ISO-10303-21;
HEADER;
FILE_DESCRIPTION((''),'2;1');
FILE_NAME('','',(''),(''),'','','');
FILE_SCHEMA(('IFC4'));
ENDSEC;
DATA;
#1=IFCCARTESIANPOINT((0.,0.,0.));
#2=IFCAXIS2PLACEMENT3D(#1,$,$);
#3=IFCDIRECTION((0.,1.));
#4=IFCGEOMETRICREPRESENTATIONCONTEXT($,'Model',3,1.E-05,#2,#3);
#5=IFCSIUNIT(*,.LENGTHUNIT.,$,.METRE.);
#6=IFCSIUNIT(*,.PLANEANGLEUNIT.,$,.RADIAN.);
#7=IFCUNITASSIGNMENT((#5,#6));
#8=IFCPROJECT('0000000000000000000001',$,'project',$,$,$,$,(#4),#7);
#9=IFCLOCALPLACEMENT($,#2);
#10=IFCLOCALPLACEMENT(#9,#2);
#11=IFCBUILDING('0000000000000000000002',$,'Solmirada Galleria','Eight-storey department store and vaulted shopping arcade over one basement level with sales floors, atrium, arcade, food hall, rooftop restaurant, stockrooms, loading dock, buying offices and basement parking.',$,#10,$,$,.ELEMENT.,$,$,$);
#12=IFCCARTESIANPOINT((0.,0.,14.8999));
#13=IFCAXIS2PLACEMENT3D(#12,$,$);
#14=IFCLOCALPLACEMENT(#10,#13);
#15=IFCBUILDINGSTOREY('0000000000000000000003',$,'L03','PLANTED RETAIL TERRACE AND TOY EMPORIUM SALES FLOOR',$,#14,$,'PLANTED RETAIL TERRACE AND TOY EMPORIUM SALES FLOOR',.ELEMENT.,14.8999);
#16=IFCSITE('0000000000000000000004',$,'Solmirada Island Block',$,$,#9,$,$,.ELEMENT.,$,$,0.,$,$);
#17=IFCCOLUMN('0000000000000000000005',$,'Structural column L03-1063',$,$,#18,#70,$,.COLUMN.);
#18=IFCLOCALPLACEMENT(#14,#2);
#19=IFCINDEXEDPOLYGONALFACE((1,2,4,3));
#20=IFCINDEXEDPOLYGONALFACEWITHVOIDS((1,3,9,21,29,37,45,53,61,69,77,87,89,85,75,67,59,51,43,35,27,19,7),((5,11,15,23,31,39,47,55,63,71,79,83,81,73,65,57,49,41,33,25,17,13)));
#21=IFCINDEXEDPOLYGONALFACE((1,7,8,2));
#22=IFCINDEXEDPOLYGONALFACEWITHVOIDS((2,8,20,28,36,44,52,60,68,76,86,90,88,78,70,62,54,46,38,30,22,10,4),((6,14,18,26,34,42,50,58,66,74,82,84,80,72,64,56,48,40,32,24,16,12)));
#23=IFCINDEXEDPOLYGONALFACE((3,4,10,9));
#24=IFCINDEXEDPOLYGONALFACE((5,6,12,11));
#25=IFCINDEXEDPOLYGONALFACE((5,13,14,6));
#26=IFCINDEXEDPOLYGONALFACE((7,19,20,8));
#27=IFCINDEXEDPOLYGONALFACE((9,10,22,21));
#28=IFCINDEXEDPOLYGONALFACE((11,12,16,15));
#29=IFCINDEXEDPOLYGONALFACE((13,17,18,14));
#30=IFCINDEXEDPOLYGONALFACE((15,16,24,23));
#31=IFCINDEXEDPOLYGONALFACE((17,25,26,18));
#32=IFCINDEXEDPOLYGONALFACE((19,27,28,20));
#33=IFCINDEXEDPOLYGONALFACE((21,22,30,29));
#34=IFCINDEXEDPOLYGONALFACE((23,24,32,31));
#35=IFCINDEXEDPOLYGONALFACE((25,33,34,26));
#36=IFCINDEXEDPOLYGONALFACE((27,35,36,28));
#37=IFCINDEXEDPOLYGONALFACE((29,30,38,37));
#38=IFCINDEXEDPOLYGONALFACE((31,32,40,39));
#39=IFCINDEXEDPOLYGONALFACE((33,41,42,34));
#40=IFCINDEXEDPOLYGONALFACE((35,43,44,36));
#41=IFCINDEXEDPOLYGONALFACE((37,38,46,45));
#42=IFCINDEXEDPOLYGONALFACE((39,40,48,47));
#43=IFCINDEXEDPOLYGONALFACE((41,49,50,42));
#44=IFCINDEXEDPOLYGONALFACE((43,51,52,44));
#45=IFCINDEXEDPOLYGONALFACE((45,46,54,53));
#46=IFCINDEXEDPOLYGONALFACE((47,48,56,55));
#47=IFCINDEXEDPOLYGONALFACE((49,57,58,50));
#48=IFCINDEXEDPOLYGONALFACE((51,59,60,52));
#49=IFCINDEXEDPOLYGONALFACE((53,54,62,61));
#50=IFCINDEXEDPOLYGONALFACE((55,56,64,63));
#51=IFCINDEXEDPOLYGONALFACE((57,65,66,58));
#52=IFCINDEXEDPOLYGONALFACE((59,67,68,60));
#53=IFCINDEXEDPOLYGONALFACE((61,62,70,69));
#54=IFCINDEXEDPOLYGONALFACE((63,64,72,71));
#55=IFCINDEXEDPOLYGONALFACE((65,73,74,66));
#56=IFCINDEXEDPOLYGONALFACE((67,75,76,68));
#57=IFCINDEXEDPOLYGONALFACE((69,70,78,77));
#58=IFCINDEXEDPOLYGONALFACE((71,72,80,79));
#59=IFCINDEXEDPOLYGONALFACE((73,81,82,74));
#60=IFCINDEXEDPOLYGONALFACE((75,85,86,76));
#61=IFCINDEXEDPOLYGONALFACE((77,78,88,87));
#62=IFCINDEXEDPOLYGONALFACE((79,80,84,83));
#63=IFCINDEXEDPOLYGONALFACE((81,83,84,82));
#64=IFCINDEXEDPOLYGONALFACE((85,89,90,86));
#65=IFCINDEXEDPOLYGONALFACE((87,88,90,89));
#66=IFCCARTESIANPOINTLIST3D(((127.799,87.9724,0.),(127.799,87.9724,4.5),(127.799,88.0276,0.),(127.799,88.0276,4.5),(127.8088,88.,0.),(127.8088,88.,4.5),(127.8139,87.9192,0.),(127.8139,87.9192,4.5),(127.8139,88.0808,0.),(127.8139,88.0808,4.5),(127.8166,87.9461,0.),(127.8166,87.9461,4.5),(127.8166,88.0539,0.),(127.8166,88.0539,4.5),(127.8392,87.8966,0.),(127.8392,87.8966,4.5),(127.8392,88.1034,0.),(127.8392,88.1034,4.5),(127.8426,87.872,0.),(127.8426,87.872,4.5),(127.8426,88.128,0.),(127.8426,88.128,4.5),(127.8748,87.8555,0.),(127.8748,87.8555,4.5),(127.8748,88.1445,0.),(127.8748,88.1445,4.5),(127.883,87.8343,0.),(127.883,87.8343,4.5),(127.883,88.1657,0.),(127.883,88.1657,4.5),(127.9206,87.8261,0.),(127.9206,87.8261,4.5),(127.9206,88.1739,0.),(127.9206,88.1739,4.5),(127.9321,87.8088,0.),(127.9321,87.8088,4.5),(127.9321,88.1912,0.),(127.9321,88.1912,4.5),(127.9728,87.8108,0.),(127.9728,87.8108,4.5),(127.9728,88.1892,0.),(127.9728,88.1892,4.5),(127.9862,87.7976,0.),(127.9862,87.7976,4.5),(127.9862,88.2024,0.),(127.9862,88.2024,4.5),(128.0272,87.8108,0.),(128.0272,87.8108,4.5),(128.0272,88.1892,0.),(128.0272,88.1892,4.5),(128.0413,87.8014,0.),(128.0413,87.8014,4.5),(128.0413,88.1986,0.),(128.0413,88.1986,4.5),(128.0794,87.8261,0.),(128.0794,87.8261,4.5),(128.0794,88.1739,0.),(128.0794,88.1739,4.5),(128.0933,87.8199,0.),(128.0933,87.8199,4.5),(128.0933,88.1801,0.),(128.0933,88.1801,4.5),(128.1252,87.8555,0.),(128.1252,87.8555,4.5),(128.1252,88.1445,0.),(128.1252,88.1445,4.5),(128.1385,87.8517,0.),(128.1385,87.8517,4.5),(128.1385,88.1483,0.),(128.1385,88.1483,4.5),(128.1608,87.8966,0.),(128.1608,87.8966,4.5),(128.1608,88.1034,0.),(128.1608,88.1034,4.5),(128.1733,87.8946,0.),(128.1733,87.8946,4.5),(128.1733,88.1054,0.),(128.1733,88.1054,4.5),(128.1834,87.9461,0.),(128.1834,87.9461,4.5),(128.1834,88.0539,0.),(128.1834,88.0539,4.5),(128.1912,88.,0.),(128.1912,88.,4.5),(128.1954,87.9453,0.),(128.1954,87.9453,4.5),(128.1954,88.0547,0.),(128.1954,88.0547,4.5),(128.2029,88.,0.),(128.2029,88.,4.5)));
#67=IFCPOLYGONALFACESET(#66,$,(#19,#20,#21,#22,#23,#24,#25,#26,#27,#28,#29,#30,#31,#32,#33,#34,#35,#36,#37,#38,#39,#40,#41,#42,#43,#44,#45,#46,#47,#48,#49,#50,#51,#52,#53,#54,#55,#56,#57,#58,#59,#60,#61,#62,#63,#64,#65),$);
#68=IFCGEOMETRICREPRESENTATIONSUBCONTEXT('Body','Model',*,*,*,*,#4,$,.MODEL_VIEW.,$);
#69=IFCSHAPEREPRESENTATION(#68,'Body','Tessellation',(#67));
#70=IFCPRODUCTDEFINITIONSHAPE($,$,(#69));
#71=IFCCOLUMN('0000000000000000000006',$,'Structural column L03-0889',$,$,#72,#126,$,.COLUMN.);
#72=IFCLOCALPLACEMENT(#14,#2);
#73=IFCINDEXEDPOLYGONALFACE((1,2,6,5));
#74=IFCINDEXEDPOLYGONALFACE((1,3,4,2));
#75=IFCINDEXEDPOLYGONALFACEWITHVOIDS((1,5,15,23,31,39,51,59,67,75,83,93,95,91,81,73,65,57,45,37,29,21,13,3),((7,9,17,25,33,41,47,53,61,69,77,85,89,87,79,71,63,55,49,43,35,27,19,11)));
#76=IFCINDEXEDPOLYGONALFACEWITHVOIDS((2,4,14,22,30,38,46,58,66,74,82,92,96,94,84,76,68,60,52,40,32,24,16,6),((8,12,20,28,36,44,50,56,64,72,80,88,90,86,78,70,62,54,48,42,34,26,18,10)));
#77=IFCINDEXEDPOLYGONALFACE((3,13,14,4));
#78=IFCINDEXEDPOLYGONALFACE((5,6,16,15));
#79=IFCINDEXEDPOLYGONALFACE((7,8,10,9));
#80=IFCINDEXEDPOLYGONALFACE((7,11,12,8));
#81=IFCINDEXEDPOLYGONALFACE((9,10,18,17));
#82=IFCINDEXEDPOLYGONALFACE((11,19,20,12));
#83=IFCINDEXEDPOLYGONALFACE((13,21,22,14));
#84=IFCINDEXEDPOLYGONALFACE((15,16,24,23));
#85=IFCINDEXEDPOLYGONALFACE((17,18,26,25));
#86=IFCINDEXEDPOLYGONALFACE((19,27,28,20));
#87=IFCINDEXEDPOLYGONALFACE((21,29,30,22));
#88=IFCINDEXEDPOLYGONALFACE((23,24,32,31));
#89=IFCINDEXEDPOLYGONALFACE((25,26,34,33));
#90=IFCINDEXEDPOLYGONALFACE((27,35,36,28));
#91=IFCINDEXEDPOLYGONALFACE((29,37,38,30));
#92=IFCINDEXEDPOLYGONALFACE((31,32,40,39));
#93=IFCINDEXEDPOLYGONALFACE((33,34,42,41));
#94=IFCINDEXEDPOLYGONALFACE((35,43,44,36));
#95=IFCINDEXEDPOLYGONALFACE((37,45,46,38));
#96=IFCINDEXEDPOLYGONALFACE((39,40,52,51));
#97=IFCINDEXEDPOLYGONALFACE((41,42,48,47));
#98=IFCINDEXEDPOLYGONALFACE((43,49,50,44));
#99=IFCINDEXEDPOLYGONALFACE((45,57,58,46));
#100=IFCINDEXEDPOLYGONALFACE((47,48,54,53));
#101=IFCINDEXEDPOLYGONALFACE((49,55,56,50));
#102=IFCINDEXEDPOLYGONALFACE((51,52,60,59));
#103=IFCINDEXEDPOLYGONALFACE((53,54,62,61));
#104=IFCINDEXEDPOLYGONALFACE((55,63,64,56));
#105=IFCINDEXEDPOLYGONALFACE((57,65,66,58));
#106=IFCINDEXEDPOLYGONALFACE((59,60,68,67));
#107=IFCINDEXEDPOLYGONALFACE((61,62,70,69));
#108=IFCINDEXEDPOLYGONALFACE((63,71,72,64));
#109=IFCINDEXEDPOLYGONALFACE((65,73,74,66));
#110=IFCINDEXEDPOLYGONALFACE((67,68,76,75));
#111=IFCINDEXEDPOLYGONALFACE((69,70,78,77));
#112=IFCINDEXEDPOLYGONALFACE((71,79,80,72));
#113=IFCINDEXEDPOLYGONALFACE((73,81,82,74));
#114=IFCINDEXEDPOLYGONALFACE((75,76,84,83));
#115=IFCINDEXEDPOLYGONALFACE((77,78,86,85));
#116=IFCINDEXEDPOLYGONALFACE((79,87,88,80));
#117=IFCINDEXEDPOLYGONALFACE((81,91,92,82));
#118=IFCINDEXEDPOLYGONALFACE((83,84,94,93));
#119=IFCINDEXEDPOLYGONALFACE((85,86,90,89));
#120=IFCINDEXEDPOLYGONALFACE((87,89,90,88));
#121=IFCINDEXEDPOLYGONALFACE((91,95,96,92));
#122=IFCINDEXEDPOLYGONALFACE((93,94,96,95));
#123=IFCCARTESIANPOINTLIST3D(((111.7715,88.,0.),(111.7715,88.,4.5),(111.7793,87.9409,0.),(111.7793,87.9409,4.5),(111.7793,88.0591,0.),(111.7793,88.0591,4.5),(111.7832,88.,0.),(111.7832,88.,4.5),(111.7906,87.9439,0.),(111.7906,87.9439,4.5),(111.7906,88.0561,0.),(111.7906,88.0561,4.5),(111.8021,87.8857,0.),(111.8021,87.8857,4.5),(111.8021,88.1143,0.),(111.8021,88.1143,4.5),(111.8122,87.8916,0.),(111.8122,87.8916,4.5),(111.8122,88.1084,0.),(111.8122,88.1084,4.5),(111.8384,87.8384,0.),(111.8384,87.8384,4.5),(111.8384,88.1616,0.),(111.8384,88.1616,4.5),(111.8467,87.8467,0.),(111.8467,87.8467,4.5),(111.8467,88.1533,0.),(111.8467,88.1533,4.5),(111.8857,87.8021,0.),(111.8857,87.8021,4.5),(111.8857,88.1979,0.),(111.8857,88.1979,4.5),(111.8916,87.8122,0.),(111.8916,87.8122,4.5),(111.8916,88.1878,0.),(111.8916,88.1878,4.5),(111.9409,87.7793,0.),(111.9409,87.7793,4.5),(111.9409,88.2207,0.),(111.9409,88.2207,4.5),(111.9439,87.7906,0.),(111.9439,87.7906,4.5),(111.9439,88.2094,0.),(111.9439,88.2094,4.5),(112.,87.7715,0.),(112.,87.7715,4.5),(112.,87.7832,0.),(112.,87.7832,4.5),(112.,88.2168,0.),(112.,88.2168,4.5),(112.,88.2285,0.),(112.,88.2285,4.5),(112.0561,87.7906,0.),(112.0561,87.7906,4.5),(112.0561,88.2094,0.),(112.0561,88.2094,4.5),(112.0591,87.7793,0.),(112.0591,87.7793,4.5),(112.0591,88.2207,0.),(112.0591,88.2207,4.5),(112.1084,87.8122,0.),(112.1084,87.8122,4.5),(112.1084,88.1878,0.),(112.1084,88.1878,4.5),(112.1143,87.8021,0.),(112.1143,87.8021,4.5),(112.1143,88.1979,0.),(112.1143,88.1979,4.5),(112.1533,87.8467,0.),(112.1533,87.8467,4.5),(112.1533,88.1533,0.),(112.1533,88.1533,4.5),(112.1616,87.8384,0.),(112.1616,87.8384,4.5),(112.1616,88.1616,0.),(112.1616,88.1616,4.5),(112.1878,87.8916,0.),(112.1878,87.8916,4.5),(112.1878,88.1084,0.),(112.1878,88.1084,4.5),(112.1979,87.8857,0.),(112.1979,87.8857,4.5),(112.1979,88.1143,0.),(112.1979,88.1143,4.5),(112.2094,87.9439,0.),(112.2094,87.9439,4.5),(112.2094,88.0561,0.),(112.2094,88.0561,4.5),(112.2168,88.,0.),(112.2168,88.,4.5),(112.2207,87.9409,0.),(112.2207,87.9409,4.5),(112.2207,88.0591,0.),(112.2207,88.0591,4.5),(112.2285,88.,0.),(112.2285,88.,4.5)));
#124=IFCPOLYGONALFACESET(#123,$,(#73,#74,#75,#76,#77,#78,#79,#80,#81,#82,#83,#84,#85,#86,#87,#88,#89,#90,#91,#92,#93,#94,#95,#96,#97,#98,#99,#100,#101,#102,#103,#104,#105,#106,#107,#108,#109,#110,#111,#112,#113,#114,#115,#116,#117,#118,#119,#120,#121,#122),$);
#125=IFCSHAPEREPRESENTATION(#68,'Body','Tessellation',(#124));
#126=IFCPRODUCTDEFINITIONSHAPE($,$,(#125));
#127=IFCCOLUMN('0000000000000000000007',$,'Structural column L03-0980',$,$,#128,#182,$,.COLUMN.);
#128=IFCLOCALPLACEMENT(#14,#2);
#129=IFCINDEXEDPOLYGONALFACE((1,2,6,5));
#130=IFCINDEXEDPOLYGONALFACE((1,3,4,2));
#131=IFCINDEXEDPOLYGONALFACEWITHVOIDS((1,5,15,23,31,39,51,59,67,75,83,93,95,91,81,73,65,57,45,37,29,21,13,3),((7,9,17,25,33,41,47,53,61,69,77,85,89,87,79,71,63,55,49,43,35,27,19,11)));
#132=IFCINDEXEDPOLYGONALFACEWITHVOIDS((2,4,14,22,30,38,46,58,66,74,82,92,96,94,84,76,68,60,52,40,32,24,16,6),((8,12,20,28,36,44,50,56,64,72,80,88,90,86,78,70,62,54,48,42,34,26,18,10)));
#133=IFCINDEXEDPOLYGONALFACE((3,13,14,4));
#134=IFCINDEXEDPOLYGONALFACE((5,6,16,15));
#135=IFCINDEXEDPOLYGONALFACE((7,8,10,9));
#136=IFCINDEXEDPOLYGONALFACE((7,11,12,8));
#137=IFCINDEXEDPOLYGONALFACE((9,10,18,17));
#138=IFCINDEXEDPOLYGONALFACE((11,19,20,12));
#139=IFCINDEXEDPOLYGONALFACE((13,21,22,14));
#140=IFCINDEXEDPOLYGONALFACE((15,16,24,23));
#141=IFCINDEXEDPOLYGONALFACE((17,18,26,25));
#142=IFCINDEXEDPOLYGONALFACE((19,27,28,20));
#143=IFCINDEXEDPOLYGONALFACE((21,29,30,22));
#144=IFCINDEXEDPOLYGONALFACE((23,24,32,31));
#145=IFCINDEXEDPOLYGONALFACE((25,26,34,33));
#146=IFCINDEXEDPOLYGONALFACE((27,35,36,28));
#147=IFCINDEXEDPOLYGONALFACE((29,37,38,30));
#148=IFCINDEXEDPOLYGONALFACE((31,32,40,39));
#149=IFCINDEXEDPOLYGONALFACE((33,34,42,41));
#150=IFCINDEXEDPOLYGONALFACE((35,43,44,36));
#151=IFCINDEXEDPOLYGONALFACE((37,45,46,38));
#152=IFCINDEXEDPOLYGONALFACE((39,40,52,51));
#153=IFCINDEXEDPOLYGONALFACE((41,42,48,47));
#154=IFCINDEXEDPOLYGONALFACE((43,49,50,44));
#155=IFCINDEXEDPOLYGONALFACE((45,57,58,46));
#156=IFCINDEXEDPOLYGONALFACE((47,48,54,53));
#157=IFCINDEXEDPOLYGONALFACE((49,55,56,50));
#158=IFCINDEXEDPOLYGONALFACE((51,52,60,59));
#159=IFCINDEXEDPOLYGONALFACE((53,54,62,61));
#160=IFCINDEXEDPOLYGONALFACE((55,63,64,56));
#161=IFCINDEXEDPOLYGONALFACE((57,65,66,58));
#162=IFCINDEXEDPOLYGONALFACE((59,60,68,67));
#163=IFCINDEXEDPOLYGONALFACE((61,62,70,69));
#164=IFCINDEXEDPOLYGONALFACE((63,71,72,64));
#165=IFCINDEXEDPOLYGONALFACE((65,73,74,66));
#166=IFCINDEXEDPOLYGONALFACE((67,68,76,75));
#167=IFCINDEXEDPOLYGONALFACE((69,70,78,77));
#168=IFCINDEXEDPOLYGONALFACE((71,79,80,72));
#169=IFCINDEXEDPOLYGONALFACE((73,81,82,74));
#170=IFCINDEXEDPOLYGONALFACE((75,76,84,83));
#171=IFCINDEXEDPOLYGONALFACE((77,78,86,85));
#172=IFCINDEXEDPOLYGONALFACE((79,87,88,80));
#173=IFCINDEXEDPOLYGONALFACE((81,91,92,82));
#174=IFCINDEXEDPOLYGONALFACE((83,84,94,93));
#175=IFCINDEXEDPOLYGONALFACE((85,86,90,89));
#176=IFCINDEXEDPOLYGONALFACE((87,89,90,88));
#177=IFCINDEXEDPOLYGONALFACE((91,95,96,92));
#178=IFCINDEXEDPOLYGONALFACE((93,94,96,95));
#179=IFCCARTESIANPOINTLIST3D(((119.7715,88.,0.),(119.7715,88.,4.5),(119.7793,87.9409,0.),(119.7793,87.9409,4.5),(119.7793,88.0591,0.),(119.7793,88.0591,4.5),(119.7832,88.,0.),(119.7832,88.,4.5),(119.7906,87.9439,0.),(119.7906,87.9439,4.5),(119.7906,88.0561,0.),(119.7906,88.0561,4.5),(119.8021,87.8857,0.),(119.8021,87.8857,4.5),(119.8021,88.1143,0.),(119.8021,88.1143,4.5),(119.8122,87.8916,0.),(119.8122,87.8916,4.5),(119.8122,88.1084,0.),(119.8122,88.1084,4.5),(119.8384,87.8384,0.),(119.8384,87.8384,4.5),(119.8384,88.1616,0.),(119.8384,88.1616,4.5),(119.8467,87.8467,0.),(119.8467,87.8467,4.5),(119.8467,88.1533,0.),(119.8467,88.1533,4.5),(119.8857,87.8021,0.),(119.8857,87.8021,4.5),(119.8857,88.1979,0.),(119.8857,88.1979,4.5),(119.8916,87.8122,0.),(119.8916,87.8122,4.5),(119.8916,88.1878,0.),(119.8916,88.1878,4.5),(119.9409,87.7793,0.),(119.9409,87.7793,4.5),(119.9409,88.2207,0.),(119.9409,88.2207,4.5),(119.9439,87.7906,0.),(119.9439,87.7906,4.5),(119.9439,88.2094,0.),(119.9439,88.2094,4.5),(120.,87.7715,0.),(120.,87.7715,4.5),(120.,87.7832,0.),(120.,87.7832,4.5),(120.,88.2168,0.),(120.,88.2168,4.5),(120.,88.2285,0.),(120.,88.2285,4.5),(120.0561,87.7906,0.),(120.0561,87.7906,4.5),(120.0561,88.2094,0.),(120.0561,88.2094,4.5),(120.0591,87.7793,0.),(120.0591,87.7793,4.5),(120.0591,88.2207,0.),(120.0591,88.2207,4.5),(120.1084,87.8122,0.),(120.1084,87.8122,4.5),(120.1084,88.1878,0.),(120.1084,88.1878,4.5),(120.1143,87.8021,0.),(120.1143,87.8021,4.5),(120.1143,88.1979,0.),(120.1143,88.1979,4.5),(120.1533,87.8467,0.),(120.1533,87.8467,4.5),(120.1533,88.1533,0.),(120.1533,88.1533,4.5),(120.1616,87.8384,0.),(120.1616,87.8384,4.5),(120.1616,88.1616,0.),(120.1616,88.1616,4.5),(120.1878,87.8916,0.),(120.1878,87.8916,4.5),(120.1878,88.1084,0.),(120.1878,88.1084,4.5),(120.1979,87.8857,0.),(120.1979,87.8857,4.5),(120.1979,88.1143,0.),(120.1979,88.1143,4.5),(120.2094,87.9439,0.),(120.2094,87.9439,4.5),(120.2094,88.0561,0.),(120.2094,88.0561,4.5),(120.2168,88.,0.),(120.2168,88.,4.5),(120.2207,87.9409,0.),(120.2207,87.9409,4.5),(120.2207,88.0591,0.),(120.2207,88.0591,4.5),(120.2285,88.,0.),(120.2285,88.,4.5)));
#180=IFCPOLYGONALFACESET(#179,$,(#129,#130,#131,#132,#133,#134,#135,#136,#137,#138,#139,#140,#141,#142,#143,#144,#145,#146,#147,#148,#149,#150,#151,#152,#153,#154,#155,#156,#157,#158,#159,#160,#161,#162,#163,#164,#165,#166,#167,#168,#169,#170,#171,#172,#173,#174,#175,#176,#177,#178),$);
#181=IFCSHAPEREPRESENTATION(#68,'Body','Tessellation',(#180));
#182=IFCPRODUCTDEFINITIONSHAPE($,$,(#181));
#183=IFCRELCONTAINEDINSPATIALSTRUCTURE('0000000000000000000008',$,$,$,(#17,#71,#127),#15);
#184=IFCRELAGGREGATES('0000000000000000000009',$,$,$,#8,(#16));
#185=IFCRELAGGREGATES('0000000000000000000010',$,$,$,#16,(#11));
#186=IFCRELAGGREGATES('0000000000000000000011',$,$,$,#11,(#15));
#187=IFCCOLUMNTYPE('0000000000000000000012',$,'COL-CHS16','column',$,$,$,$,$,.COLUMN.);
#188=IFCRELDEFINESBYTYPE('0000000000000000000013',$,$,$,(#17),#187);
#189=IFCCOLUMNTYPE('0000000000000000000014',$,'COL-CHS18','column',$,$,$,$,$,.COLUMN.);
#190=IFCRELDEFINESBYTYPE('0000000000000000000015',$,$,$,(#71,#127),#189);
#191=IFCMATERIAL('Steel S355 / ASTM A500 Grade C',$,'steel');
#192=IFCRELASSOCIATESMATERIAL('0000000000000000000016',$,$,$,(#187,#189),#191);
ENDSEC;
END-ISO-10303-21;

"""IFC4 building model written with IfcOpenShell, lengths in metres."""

from ifc_helpers import new_model, si_unit, direction, frame, origin, origin_2d, place, context, subcontext, project, spatial, hollow_circle, extrude, material, material_profile, profile_set, type_object, element, save


model = new_model("IFC4")

# Units and contexts
model_context = context("Model", 3, precision=1e-05, world=origin(), true_north=direction((0.0, 1.0)))
body_context = subcontext(model_context, "Body", "Model", "MODEL_VIEW")
ifc_project = project(units=[si_unit("LENGTHUNIT", "METRE"), si_unit("PLANEANGLEUNIT", "RADIAN")], contexts=[model_context])

# Site, building, storey
site_placement = place(None, origin())
site = spatial("IfcSite", under=ifc_project, at=site_placement, Name="Solmirada Island Block", CompositionType="ELEMENT", RefElevation=0.0)
building_placement = place(site_placement, origin())
building = spatial("IfcBuilding", under=site, at=building_placement, Name="Solmirada Galleria", Description="Eight-storey department store and vaulted shopping arcade over one basement level with sales floors, atrium, arcade, food hall, rooftop restaurant, stockrooms, loading dock, buying offices and basement parking.", CompositionType="ELEMENT")
storey_placement = place(building_placement, frame((0.0, 0.0, 14.8999)))
storey = spatial("IfcBuildingStorey", under=building, at=storey_placement, Name="L03", Description="PLANTED RETAIL TERRACE AND TOY EMPORIUM SALES FLOOR", LongName="PLANTED RETAIL TERRACE AND TOY EMPORIUM SALES FLOOR", CompositionType="ELEMENT", Elevation=14.8999)

# Columns
ifc_material_1 = material(Name="Steel S355 / ASTM A500 Grade C", Category="steel")
ifc_material_profile_1 = material_profile(ifc_material_1, hollow_circle(Radius=0.2029, WallThickness=0.0117, at=origin_2d()), Name="HSS16.000X0.500")
ifc_profile_set_1 = profile_set([ifc_material_profile_1], Name="Steel S355 / ASTM A500 Grade C")
column_type_1 = type_object("IfcColumnType", Name="COL-CHS16", Description="column", PredefinedType="COLUMN", material=ifc_profile_set_1)
column_1_placement = place(storey_placement, frame((128.0, 88.0, 0.0), z_axis=(0.0, 0.0, 1.0), x_axis=(1.0, 0.0, 0.0)))
element("IfcColumn", 1, at=column_1_placement, inside=storey, type_object=column_type_1, Name="Structural column L03-1063", PredefinedType="COLUMN", context=body_context, shape_type="SweptSolid", body=[
    extrude(hollow_circle(Radius=0.2029, WallThickness=0.0117, at=origin_2d()), origin(), (0.0, 0.0, 1.0), 4.5),
])
ifc_material_profile_2 = material_profile(ifc_material_1, hollow_circle(Radius=0.2285, WallThickness=0.0117, at=origin_2d()), Name="HSS18.000X0.500")
ifc_profile_set_2 = profile_set([ifc_material_profile_2], Name="Steel S355 / ASTM A500 Grade C")
column_type_2 = type_object("IfcColumnType", Name="COL-CHS18", Description="column", PredefinedType="COLUMN", material=ifc_profile_set_2)
for number, where, z_axis, x_axis, name in (
    (2, (112.0, 88.0, 0.0), (0.0, 0.0, 1.0), (1.0, 0.0, 0.0), "Structural column L03-0889"),
    (3, (120.0, 88.0, 0.0), (0.0, 0.0, 1.0), (1.0, 0.0, 0.0), "Structural column L03-0980"),
):
    element("IfcColumn", number, at=place(storey_placement, frame(where, z_axis=z_axis, x_axis=x_axis)), inside=storey, type_object=column_type_2, Name=name, PredefinedType="COLUMN", context=body_context, shape_type="SweptSolid", body=[
        extrude(hollow_circle(Radius=0.2285, WallThickness=0.0117, at=origin_2d()), origin(), (0.0, 0.0, 1.0), 4.5),
    ])

save(model, "model.ifc")
